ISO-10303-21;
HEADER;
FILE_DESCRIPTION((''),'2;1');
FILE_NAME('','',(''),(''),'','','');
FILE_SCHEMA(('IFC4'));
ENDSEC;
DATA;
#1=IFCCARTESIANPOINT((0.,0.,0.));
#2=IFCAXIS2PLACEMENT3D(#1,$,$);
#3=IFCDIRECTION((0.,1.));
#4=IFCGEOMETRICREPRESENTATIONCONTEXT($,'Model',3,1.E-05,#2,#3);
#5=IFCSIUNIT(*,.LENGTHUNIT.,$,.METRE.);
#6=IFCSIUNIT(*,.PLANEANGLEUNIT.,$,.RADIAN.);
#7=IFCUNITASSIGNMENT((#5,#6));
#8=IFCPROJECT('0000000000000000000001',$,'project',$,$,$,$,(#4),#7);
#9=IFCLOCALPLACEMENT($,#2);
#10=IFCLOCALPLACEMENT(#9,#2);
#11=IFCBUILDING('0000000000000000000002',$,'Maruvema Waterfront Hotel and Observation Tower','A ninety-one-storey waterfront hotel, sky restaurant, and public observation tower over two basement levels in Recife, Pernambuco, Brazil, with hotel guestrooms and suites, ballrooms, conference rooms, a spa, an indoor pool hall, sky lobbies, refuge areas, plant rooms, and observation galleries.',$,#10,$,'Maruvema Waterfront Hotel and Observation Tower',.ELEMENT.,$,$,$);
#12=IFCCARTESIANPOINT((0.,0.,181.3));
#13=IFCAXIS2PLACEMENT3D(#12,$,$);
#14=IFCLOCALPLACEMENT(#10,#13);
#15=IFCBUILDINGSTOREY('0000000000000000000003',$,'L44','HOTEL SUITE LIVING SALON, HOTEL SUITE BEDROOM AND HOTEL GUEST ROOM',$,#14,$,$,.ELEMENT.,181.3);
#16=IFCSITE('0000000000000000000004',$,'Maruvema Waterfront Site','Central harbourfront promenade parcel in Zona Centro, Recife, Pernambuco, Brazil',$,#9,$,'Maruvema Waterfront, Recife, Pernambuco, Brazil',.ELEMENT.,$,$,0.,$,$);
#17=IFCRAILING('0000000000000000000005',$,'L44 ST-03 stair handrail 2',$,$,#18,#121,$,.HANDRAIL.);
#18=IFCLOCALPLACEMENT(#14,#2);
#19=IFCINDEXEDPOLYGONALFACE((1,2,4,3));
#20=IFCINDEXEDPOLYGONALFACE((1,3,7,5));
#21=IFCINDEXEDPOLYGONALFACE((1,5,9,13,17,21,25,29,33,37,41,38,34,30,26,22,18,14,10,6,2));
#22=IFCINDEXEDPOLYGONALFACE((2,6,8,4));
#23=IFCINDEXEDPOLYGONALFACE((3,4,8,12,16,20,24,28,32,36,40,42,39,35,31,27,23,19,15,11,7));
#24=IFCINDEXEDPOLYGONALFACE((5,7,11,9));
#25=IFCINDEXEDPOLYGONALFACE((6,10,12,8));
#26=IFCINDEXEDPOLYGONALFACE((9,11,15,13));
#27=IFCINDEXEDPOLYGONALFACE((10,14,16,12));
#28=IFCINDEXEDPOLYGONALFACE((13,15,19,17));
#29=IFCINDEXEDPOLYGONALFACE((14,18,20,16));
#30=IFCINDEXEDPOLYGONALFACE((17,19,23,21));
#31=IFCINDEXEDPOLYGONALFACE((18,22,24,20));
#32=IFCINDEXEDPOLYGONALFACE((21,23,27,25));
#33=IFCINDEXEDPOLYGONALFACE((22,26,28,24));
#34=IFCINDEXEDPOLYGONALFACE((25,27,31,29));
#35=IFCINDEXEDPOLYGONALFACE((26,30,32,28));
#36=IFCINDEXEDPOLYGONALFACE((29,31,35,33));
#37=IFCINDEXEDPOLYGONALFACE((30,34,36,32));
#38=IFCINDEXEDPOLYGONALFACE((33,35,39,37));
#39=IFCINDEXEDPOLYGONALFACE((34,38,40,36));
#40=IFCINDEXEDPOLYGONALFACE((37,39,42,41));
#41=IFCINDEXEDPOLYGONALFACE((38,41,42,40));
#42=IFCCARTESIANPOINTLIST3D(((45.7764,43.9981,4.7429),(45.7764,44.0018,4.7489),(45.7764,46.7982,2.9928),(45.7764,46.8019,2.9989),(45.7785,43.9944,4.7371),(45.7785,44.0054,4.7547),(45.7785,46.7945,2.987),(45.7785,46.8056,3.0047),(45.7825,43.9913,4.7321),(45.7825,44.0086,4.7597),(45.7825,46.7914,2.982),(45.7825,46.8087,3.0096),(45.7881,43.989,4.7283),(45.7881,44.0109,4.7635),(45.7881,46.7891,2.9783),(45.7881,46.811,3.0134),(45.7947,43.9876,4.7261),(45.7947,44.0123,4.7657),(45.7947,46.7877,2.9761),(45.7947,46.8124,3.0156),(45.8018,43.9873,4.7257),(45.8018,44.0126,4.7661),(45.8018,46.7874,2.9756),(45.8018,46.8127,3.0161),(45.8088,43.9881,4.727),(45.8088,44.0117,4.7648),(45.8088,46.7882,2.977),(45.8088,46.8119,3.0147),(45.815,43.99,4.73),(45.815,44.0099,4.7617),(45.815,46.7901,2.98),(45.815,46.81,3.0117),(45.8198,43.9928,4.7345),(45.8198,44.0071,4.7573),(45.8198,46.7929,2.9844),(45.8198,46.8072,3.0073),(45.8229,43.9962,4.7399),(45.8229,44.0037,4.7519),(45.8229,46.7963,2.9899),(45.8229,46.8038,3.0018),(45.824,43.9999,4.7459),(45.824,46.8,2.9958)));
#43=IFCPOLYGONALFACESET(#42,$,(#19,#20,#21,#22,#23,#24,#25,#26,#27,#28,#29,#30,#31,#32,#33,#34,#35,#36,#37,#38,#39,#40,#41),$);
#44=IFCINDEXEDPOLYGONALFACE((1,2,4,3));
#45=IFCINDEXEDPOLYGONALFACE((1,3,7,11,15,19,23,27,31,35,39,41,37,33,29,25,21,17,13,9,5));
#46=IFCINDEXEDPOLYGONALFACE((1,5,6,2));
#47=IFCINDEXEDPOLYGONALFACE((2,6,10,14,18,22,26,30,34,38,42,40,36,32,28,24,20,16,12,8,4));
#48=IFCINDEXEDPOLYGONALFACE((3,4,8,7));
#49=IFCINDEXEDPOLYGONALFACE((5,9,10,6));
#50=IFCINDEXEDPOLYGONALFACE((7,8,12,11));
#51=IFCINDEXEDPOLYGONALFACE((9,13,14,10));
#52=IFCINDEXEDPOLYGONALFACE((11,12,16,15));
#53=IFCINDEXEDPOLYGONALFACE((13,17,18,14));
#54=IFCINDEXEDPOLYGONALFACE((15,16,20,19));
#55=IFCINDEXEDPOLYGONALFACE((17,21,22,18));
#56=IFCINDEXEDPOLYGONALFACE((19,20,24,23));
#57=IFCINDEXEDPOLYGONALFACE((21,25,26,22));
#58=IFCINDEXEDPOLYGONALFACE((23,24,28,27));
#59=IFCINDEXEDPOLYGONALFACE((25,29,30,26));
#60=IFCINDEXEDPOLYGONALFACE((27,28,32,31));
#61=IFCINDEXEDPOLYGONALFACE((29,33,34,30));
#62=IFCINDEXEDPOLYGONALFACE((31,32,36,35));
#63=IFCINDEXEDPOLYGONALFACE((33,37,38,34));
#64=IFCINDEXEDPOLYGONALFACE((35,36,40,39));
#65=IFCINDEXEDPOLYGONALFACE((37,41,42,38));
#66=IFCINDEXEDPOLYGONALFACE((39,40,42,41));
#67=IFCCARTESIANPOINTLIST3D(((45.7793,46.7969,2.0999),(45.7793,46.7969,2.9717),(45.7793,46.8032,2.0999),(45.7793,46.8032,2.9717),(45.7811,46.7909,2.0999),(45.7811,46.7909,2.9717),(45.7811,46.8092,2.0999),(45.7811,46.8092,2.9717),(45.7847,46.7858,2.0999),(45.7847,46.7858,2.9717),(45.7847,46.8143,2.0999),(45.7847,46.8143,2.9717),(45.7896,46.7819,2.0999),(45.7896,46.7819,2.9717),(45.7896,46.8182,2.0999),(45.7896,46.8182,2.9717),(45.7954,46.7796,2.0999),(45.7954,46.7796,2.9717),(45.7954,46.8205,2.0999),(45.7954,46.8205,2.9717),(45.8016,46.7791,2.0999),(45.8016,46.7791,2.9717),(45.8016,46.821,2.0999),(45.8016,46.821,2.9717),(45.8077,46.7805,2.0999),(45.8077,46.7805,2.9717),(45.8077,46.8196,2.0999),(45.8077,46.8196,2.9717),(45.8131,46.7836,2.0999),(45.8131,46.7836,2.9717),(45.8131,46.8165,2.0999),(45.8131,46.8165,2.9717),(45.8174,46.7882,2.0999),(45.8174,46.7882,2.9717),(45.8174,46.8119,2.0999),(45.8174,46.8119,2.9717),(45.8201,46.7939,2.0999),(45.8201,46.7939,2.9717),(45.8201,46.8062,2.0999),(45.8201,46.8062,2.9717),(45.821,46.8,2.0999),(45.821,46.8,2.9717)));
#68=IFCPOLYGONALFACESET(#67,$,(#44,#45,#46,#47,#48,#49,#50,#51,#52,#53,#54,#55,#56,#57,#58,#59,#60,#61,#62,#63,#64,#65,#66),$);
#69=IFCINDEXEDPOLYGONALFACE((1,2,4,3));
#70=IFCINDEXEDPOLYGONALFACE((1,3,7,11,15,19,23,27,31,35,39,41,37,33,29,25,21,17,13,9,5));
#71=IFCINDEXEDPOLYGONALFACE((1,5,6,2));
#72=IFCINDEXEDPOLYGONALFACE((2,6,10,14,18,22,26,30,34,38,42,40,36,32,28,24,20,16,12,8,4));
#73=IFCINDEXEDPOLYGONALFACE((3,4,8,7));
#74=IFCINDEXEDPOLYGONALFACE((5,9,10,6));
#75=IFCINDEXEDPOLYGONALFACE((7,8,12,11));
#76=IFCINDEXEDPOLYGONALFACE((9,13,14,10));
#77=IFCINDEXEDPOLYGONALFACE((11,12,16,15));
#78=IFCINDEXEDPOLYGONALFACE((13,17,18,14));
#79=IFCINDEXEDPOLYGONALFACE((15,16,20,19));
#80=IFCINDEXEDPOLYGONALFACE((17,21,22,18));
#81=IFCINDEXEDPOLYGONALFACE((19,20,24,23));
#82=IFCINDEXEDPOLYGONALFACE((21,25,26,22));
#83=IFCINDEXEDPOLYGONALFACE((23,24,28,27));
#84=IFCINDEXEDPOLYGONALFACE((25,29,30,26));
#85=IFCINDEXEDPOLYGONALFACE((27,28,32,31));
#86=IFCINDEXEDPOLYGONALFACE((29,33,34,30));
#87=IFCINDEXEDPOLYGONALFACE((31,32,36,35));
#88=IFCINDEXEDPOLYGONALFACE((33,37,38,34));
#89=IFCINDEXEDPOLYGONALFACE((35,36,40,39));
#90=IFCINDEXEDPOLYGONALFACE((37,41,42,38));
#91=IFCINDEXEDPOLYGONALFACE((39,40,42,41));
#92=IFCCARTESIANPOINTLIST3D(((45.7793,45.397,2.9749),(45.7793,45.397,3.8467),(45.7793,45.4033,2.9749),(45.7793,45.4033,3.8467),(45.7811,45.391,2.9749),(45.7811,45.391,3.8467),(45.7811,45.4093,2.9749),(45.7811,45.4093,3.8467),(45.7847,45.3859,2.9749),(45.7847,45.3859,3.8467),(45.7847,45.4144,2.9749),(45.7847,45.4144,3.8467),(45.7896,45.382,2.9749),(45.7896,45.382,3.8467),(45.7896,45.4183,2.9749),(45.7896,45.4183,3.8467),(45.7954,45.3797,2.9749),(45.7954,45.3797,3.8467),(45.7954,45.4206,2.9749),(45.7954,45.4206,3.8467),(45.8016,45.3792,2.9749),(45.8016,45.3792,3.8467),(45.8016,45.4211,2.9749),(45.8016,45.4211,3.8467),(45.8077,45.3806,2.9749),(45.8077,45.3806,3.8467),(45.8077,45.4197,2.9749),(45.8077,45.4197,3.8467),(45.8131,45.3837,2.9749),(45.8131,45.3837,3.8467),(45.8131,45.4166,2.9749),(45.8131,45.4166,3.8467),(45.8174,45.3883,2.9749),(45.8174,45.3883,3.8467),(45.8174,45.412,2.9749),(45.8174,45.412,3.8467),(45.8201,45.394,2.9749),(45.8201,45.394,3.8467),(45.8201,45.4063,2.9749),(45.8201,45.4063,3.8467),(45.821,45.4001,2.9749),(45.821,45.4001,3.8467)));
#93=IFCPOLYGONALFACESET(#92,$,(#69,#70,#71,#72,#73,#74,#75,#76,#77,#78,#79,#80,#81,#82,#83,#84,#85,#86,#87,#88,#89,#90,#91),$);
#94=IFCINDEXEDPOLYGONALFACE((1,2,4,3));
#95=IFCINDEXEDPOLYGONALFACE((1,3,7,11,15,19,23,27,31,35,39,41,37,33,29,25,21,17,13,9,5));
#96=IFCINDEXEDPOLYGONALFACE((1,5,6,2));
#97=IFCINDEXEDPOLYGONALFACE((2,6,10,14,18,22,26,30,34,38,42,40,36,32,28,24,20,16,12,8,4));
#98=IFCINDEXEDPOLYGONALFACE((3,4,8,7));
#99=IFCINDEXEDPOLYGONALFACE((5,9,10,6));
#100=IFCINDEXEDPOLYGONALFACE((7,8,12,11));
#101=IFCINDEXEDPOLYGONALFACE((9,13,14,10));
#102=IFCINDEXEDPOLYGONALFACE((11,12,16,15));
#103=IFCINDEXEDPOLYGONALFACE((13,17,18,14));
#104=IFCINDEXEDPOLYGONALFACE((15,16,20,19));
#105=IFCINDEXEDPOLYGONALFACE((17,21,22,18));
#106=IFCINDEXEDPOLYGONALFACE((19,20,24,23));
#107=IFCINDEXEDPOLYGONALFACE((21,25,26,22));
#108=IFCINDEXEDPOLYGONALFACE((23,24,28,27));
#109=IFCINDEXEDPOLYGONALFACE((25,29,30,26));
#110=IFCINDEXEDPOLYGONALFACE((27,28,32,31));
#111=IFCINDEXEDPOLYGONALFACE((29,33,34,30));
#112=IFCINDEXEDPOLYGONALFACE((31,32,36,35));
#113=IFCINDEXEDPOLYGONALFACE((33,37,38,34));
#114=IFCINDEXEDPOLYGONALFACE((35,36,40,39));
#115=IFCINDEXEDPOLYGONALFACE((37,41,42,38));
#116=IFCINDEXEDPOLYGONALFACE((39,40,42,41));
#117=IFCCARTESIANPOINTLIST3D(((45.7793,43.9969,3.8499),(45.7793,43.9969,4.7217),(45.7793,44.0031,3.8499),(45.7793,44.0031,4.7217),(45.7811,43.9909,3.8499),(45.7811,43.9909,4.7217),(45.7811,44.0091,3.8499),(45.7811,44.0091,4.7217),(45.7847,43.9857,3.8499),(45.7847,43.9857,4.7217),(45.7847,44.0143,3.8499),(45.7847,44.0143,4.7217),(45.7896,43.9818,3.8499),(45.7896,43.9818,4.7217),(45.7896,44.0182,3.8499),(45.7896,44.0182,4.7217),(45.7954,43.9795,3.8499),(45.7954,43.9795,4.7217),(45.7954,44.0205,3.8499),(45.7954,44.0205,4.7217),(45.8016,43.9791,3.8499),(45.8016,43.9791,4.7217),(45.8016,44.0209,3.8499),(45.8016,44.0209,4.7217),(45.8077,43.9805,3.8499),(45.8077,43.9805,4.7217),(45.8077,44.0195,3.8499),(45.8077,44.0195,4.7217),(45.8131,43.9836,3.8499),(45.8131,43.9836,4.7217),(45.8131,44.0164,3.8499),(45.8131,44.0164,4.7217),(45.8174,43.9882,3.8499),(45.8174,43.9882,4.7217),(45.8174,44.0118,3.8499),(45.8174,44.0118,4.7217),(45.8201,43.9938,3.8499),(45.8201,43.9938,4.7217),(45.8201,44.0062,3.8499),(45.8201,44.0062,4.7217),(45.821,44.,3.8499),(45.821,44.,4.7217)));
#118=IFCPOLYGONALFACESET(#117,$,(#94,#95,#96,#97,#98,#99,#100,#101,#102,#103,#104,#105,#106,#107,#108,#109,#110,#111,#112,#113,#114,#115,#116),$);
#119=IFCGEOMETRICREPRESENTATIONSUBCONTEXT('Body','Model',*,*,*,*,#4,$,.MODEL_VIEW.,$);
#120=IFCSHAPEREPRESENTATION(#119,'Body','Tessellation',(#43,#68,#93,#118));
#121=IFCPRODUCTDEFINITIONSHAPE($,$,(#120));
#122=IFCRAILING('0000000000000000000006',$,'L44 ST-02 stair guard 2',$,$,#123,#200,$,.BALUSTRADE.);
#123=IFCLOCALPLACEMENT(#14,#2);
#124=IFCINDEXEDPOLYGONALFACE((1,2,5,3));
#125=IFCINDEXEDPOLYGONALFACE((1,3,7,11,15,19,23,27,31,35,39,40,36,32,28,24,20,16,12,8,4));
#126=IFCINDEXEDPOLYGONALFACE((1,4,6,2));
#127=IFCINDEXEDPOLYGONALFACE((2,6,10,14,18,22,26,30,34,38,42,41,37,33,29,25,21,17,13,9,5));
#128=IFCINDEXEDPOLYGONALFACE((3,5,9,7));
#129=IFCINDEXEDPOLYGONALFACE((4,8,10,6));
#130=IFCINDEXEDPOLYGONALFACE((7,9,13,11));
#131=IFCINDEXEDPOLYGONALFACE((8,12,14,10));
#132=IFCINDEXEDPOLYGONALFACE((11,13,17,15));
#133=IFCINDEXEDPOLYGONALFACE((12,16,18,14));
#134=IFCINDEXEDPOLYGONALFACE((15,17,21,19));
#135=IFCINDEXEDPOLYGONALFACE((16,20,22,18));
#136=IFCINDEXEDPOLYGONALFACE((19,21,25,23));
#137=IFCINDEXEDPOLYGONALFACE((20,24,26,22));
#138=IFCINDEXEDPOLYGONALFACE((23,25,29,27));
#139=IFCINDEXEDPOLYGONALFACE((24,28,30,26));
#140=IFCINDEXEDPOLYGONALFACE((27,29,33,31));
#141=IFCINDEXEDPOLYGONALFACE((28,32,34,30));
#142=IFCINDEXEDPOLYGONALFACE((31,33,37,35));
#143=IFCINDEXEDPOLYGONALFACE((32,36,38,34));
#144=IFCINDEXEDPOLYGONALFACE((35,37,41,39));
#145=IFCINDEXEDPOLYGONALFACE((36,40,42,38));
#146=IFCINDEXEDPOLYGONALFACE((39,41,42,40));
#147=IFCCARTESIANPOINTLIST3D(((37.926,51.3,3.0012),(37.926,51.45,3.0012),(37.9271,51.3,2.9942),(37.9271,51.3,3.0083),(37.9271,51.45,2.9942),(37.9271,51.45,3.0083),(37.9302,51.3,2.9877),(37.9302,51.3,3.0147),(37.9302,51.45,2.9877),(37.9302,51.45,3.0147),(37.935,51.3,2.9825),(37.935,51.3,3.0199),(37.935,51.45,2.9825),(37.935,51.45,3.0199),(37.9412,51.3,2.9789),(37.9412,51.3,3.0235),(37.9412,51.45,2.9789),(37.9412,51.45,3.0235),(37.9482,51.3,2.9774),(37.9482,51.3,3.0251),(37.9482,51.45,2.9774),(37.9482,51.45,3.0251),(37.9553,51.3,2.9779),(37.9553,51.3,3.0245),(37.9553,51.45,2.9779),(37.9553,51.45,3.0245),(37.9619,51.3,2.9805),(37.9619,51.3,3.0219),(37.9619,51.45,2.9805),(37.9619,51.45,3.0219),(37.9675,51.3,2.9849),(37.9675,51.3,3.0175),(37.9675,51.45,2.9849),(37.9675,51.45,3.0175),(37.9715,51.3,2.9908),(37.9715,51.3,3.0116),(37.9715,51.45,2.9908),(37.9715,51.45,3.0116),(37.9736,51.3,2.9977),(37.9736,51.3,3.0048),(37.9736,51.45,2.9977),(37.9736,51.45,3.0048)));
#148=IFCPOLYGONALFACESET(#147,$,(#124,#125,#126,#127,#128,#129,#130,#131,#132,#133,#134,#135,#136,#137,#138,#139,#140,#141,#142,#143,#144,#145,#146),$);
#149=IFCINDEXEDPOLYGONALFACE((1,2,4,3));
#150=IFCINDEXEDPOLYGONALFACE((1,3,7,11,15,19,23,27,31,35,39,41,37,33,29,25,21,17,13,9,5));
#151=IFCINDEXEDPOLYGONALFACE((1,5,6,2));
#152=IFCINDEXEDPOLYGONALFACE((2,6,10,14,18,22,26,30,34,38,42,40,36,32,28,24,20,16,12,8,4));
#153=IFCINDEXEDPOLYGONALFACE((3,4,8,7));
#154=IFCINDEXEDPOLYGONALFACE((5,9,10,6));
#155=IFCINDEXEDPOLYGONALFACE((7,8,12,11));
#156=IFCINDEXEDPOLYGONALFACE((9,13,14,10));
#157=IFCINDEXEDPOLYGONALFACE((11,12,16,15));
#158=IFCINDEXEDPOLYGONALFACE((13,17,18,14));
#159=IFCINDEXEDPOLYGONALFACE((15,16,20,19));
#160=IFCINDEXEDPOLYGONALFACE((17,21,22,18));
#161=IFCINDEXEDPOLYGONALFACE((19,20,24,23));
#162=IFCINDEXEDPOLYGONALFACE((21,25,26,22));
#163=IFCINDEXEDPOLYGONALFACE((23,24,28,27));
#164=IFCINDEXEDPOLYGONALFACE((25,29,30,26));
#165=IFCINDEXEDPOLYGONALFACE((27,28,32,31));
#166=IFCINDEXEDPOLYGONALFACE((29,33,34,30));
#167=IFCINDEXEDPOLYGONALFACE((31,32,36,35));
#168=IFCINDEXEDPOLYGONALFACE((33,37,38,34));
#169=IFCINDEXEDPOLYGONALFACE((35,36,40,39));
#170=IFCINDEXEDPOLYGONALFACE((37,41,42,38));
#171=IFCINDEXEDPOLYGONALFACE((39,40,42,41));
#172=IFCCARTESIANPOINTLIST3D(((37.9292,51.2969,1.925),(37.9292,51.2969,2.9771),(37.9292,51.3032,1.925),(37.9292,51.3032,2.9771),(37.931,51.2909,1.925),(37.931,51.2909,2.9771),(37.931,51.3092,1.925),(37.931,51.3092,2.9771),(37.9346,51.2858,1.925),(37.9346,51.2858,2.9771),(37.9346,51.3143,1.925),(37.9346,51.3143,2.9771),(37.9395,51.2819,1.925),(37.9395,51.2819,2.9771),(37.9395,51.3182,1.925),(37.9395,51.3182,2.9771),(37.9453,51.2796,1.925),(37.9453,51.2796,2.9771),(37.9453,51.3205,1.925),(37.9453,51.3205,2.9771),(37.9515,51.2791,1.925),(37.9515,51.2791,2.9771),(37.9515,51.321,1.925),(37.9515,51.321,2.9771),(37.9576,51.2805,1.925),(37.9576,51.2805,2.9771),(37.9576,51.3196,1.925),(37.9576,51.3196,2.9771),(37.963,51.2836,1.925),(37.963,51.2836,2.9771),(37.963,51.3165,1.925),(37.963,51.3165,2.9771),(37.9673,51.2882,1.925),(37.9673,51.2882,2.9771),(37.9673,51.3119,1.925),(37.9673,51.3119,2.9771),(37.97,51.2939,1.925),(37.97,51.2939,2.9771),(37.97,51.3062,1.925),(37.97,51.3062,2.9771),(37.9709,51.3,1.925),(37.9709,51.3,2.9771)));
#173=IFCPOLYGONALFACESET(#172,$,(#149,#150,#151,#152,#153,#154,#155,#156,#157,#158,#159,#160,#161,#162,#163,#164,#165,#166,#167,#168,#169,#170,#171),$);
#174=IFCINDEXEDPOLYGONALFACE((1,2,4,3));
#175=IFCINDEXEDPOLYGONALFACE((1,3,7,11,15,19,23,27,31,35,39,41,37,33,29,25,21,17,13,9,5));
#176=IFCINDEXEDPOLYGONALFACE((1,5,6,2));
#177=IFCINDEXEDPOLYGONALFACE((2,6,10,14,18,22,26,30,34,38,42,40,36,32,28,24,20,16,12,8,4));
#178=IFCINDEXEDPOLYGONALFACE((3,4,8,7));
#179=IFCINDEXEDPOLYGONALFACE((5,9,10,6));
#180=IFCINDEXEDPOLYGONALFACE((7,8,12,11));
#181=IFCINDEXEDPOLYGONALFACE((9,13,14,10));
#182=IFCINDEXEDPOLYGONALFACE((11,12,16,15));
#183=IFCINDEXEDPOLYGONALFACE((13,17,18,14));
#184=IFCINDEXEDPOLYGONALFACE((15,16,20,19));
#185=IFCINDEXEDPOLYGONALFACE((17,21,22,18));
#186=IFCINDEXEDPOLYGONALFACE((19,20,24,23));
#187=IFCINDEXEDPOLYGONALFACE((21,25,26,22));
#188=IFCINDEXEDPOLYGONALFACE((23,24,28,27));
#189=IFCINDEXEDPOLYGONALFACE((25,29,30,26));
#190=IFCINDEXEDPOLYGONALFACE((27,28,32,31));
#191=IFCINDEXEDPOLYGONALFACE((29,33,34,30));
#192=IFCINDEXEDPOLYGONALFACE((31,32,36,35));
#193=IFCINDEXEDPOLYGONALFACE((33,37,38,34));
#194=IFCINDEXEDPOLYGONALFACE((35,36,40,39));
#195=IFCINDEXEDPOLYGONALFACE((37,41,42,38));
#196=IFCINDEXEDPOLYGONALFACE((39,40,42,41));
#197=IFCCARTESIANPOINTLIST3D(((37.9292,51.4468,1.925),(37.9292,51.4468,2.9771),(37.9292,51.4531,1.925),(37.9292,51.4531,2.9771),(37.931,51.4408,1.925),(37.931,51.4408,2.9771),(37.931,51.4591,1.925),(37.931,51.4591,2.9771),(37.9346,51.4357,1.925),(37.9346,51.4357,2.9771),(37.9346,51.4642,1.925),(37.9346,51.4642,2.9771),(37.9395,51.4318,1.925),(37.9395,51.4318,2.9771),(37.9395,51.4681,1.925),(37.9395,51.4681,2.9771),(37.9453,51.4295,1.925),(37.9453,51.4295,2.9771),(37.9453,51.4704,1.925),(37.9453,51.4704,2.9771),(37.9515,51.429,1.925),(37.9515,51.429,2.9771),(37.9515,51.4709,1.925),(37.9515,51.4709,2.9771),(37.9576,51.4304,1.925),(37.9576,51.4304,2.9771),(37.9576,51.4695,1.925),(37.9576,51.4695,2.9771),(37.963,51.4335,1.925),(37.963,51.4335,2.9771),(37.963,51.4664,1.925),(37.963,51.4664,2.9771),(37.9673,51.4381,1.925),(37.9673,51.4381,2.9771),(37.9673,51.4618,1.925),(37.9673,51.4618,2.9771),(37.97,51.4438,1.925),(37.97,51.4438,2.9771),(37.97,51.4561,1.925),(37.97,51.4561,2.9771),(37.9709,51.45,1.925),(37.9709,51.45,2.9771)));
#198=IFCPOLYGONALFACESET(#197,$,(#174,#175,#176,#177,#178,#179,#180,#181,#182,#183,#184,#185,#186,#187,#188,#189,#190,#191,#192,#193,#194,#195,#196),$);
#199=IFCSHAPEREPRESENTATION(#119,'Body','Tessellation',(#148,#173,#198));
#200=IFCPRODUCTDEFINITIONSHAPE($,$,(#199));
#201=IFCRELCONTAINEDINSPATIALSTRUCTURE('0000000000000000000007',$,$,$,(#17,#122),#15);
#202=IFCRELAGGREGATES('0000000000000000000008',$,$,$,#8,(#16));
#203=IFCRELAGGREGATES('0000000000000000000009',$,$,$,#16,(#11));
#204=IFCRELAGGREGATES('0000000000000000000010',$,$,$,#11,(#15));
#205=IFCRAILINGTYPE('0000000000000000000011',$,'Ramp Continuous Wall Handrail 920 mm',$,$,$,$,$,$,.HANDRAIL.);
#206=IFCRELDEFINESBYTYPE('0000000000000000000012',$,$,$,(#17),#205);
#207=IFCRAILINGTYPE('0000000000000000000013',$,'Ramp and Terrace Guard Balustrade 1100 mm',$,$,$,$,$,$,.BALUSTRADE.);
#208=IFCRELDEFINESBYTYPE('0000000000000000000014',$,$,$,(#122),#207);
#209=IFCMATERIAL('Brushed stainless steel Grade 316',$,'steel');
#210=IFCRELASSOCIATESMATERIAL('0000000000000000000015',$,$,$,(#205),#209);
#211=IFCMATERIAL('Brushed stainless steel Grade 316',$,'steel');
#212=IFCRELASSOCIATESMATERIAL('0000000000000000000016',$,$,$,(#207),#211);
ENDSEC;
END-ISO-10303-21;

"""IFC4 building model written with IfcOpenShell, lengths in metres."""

from ifc_helpers import new_model, si_unit, direction, frame, origin, origin_2d, place, context, subcontext, project, spatial, circle, extrude, material, type_object, element, save


model = new_model("IFC4")

# Units and contexts
model_context = context("Model", 3, precision=1e-05, world=origin(), true_north=direction((0.0, 1.0)))
body_context = subcontext(model_context, "Body", "Model", "MODEL_VIEW")
ifc_project = project(units=[si_unit("LENGTHUNIT", "METRE"), si_unit("PLANEANGLEUNIT", "RADIAN")], contexts=[model_context])

# Site, building, storey
site_placement = place(None, origin())
site = spatial("IfcSite", under=ifc_project, at=site_placement, Name="Maruvema Waterfront Site", Description="Central harbourfront promenade parcel in Zona Centro, Recife, Pernambuco, Brazil", LongName="Maruvema Waterfront, Recife, Pernambuco, Brazil", CompositionType="ELEMENT", RefElevation=0.0)
building_placement = place(site_placement, origin())
building = spatial("IfcBuilding", under=site, at=building_placement, Name="Maruvema Waterfront Hotel and Observation Tower", Description="A ninety-one-storey waterfront hotel, sky restaurant, and public observation tower over two basement levels in Recife, Pernambuco, Brazil, with hotel guestrooms and suites, ballrooms, conference rooms, a spa, an indoor pool hall, sky lobbies, refuge areas, plant rooms, and observation galleries.", LongName="Maruvema Waterfront Hotel and Observation Tower", CompositionType="ELEMENT")
storey_placement = place(building_placement, frame((0.0, 0.0, 181.3)))
storey = spatial("IfcBuildingStorey", under=building, at=storey_placement, Name="L44", Description="HOTEL SUITE LIVING SALON, HOTEL SUITE BEDROOM AND HOTEL GUEST ROOM", CompositionType="ELEMENT", Elevation=181.3)

# Railings
ifc_material_1 = material(Name="Brushed stainless steel Grade 316", Category="steel")
railing_type_1 = type_object("IfcRailingType", Name="Ramp Continuous Wall Handrail 920 mm", PredefinedType="HANDRAIL", material=ifc_material_1)
railing_1_placement = place(storey_placement, frame((45.8, 46.8, 2.0999)))
element("IfcRailing", 1, at=railing_1_placement, inside=storey, type_object=railing_type_1, Name="L44 ST-03 stair handrail 2", PredefinedType="HANDRAIL", context=body_context, shape_type="SweptSolid", body=[
    extrude(circle(Radius=0.0239, at=origin_2d()), frame((0.0, 0.0, 0.896), z_axis=(0.0, -0.848002, 0.529992), x_axis=(1.0, 0.0, 0.0)), (0.0, 0.0, 1.0), 3.302),
    extrude(circle(Radius=0.021, at=origin_2d()), origin(), (0.0, 0.0, 1.0), 0.8718),
    extrude(circle(Radius=0.021, at=origin_2d()), frame((0.0, -1.3999, 0.875)), (0.0, 0.0, 1.0), 0.8718),
    extrude(circle(Radius=0.021, at=origin_2d()), frame((0.0, -2.8, 1.75)), (0.0, 0.0, 1.0), 0.8718),
])
ifc_material_2 = material(Name="Brushed stainless steel Grade 316", Category="steel")
railing_type_2 = type_object("IfcRailingType", Name="Ramp and Terrace Guard Balustrade 1100 mm", PredefinedType="BALUSTRADE", material=ifc_material_2)
railing_2_placement = place(storey_placement, frame((37.95, 51.3, 1.925)))
element("IfcRailing", 2, at=railing_2_placement, inside=storey, type_object=railing_type_2, Name="L44 ST-02 stair guard 2", PredefinedType="BALUSTRADE", context=body_context, shape_type="SweptSolid", body=[
    extrude(circle(Radius=0.0239, at=origin_2d()), frame((0.0, 0.0, 1.0762), z_axis=(0.0, 1.0, 0.0), x_axis=(-1.0, 0.0, 0.0)), (0.0, 0.0, 1.0), 0.1499),
    extrude(circle(Radius=0.021, at=origin_2d()), origin(), (0.0, 0.0, 1.0), 1.052),
    extrude(circle(Radius=0.021, at=origin_2d()), frame((0.0, 0.1499, 0.0)), (0.0, 0.0, 1.0), 1.052),
])

save(model, "model.ifc")
